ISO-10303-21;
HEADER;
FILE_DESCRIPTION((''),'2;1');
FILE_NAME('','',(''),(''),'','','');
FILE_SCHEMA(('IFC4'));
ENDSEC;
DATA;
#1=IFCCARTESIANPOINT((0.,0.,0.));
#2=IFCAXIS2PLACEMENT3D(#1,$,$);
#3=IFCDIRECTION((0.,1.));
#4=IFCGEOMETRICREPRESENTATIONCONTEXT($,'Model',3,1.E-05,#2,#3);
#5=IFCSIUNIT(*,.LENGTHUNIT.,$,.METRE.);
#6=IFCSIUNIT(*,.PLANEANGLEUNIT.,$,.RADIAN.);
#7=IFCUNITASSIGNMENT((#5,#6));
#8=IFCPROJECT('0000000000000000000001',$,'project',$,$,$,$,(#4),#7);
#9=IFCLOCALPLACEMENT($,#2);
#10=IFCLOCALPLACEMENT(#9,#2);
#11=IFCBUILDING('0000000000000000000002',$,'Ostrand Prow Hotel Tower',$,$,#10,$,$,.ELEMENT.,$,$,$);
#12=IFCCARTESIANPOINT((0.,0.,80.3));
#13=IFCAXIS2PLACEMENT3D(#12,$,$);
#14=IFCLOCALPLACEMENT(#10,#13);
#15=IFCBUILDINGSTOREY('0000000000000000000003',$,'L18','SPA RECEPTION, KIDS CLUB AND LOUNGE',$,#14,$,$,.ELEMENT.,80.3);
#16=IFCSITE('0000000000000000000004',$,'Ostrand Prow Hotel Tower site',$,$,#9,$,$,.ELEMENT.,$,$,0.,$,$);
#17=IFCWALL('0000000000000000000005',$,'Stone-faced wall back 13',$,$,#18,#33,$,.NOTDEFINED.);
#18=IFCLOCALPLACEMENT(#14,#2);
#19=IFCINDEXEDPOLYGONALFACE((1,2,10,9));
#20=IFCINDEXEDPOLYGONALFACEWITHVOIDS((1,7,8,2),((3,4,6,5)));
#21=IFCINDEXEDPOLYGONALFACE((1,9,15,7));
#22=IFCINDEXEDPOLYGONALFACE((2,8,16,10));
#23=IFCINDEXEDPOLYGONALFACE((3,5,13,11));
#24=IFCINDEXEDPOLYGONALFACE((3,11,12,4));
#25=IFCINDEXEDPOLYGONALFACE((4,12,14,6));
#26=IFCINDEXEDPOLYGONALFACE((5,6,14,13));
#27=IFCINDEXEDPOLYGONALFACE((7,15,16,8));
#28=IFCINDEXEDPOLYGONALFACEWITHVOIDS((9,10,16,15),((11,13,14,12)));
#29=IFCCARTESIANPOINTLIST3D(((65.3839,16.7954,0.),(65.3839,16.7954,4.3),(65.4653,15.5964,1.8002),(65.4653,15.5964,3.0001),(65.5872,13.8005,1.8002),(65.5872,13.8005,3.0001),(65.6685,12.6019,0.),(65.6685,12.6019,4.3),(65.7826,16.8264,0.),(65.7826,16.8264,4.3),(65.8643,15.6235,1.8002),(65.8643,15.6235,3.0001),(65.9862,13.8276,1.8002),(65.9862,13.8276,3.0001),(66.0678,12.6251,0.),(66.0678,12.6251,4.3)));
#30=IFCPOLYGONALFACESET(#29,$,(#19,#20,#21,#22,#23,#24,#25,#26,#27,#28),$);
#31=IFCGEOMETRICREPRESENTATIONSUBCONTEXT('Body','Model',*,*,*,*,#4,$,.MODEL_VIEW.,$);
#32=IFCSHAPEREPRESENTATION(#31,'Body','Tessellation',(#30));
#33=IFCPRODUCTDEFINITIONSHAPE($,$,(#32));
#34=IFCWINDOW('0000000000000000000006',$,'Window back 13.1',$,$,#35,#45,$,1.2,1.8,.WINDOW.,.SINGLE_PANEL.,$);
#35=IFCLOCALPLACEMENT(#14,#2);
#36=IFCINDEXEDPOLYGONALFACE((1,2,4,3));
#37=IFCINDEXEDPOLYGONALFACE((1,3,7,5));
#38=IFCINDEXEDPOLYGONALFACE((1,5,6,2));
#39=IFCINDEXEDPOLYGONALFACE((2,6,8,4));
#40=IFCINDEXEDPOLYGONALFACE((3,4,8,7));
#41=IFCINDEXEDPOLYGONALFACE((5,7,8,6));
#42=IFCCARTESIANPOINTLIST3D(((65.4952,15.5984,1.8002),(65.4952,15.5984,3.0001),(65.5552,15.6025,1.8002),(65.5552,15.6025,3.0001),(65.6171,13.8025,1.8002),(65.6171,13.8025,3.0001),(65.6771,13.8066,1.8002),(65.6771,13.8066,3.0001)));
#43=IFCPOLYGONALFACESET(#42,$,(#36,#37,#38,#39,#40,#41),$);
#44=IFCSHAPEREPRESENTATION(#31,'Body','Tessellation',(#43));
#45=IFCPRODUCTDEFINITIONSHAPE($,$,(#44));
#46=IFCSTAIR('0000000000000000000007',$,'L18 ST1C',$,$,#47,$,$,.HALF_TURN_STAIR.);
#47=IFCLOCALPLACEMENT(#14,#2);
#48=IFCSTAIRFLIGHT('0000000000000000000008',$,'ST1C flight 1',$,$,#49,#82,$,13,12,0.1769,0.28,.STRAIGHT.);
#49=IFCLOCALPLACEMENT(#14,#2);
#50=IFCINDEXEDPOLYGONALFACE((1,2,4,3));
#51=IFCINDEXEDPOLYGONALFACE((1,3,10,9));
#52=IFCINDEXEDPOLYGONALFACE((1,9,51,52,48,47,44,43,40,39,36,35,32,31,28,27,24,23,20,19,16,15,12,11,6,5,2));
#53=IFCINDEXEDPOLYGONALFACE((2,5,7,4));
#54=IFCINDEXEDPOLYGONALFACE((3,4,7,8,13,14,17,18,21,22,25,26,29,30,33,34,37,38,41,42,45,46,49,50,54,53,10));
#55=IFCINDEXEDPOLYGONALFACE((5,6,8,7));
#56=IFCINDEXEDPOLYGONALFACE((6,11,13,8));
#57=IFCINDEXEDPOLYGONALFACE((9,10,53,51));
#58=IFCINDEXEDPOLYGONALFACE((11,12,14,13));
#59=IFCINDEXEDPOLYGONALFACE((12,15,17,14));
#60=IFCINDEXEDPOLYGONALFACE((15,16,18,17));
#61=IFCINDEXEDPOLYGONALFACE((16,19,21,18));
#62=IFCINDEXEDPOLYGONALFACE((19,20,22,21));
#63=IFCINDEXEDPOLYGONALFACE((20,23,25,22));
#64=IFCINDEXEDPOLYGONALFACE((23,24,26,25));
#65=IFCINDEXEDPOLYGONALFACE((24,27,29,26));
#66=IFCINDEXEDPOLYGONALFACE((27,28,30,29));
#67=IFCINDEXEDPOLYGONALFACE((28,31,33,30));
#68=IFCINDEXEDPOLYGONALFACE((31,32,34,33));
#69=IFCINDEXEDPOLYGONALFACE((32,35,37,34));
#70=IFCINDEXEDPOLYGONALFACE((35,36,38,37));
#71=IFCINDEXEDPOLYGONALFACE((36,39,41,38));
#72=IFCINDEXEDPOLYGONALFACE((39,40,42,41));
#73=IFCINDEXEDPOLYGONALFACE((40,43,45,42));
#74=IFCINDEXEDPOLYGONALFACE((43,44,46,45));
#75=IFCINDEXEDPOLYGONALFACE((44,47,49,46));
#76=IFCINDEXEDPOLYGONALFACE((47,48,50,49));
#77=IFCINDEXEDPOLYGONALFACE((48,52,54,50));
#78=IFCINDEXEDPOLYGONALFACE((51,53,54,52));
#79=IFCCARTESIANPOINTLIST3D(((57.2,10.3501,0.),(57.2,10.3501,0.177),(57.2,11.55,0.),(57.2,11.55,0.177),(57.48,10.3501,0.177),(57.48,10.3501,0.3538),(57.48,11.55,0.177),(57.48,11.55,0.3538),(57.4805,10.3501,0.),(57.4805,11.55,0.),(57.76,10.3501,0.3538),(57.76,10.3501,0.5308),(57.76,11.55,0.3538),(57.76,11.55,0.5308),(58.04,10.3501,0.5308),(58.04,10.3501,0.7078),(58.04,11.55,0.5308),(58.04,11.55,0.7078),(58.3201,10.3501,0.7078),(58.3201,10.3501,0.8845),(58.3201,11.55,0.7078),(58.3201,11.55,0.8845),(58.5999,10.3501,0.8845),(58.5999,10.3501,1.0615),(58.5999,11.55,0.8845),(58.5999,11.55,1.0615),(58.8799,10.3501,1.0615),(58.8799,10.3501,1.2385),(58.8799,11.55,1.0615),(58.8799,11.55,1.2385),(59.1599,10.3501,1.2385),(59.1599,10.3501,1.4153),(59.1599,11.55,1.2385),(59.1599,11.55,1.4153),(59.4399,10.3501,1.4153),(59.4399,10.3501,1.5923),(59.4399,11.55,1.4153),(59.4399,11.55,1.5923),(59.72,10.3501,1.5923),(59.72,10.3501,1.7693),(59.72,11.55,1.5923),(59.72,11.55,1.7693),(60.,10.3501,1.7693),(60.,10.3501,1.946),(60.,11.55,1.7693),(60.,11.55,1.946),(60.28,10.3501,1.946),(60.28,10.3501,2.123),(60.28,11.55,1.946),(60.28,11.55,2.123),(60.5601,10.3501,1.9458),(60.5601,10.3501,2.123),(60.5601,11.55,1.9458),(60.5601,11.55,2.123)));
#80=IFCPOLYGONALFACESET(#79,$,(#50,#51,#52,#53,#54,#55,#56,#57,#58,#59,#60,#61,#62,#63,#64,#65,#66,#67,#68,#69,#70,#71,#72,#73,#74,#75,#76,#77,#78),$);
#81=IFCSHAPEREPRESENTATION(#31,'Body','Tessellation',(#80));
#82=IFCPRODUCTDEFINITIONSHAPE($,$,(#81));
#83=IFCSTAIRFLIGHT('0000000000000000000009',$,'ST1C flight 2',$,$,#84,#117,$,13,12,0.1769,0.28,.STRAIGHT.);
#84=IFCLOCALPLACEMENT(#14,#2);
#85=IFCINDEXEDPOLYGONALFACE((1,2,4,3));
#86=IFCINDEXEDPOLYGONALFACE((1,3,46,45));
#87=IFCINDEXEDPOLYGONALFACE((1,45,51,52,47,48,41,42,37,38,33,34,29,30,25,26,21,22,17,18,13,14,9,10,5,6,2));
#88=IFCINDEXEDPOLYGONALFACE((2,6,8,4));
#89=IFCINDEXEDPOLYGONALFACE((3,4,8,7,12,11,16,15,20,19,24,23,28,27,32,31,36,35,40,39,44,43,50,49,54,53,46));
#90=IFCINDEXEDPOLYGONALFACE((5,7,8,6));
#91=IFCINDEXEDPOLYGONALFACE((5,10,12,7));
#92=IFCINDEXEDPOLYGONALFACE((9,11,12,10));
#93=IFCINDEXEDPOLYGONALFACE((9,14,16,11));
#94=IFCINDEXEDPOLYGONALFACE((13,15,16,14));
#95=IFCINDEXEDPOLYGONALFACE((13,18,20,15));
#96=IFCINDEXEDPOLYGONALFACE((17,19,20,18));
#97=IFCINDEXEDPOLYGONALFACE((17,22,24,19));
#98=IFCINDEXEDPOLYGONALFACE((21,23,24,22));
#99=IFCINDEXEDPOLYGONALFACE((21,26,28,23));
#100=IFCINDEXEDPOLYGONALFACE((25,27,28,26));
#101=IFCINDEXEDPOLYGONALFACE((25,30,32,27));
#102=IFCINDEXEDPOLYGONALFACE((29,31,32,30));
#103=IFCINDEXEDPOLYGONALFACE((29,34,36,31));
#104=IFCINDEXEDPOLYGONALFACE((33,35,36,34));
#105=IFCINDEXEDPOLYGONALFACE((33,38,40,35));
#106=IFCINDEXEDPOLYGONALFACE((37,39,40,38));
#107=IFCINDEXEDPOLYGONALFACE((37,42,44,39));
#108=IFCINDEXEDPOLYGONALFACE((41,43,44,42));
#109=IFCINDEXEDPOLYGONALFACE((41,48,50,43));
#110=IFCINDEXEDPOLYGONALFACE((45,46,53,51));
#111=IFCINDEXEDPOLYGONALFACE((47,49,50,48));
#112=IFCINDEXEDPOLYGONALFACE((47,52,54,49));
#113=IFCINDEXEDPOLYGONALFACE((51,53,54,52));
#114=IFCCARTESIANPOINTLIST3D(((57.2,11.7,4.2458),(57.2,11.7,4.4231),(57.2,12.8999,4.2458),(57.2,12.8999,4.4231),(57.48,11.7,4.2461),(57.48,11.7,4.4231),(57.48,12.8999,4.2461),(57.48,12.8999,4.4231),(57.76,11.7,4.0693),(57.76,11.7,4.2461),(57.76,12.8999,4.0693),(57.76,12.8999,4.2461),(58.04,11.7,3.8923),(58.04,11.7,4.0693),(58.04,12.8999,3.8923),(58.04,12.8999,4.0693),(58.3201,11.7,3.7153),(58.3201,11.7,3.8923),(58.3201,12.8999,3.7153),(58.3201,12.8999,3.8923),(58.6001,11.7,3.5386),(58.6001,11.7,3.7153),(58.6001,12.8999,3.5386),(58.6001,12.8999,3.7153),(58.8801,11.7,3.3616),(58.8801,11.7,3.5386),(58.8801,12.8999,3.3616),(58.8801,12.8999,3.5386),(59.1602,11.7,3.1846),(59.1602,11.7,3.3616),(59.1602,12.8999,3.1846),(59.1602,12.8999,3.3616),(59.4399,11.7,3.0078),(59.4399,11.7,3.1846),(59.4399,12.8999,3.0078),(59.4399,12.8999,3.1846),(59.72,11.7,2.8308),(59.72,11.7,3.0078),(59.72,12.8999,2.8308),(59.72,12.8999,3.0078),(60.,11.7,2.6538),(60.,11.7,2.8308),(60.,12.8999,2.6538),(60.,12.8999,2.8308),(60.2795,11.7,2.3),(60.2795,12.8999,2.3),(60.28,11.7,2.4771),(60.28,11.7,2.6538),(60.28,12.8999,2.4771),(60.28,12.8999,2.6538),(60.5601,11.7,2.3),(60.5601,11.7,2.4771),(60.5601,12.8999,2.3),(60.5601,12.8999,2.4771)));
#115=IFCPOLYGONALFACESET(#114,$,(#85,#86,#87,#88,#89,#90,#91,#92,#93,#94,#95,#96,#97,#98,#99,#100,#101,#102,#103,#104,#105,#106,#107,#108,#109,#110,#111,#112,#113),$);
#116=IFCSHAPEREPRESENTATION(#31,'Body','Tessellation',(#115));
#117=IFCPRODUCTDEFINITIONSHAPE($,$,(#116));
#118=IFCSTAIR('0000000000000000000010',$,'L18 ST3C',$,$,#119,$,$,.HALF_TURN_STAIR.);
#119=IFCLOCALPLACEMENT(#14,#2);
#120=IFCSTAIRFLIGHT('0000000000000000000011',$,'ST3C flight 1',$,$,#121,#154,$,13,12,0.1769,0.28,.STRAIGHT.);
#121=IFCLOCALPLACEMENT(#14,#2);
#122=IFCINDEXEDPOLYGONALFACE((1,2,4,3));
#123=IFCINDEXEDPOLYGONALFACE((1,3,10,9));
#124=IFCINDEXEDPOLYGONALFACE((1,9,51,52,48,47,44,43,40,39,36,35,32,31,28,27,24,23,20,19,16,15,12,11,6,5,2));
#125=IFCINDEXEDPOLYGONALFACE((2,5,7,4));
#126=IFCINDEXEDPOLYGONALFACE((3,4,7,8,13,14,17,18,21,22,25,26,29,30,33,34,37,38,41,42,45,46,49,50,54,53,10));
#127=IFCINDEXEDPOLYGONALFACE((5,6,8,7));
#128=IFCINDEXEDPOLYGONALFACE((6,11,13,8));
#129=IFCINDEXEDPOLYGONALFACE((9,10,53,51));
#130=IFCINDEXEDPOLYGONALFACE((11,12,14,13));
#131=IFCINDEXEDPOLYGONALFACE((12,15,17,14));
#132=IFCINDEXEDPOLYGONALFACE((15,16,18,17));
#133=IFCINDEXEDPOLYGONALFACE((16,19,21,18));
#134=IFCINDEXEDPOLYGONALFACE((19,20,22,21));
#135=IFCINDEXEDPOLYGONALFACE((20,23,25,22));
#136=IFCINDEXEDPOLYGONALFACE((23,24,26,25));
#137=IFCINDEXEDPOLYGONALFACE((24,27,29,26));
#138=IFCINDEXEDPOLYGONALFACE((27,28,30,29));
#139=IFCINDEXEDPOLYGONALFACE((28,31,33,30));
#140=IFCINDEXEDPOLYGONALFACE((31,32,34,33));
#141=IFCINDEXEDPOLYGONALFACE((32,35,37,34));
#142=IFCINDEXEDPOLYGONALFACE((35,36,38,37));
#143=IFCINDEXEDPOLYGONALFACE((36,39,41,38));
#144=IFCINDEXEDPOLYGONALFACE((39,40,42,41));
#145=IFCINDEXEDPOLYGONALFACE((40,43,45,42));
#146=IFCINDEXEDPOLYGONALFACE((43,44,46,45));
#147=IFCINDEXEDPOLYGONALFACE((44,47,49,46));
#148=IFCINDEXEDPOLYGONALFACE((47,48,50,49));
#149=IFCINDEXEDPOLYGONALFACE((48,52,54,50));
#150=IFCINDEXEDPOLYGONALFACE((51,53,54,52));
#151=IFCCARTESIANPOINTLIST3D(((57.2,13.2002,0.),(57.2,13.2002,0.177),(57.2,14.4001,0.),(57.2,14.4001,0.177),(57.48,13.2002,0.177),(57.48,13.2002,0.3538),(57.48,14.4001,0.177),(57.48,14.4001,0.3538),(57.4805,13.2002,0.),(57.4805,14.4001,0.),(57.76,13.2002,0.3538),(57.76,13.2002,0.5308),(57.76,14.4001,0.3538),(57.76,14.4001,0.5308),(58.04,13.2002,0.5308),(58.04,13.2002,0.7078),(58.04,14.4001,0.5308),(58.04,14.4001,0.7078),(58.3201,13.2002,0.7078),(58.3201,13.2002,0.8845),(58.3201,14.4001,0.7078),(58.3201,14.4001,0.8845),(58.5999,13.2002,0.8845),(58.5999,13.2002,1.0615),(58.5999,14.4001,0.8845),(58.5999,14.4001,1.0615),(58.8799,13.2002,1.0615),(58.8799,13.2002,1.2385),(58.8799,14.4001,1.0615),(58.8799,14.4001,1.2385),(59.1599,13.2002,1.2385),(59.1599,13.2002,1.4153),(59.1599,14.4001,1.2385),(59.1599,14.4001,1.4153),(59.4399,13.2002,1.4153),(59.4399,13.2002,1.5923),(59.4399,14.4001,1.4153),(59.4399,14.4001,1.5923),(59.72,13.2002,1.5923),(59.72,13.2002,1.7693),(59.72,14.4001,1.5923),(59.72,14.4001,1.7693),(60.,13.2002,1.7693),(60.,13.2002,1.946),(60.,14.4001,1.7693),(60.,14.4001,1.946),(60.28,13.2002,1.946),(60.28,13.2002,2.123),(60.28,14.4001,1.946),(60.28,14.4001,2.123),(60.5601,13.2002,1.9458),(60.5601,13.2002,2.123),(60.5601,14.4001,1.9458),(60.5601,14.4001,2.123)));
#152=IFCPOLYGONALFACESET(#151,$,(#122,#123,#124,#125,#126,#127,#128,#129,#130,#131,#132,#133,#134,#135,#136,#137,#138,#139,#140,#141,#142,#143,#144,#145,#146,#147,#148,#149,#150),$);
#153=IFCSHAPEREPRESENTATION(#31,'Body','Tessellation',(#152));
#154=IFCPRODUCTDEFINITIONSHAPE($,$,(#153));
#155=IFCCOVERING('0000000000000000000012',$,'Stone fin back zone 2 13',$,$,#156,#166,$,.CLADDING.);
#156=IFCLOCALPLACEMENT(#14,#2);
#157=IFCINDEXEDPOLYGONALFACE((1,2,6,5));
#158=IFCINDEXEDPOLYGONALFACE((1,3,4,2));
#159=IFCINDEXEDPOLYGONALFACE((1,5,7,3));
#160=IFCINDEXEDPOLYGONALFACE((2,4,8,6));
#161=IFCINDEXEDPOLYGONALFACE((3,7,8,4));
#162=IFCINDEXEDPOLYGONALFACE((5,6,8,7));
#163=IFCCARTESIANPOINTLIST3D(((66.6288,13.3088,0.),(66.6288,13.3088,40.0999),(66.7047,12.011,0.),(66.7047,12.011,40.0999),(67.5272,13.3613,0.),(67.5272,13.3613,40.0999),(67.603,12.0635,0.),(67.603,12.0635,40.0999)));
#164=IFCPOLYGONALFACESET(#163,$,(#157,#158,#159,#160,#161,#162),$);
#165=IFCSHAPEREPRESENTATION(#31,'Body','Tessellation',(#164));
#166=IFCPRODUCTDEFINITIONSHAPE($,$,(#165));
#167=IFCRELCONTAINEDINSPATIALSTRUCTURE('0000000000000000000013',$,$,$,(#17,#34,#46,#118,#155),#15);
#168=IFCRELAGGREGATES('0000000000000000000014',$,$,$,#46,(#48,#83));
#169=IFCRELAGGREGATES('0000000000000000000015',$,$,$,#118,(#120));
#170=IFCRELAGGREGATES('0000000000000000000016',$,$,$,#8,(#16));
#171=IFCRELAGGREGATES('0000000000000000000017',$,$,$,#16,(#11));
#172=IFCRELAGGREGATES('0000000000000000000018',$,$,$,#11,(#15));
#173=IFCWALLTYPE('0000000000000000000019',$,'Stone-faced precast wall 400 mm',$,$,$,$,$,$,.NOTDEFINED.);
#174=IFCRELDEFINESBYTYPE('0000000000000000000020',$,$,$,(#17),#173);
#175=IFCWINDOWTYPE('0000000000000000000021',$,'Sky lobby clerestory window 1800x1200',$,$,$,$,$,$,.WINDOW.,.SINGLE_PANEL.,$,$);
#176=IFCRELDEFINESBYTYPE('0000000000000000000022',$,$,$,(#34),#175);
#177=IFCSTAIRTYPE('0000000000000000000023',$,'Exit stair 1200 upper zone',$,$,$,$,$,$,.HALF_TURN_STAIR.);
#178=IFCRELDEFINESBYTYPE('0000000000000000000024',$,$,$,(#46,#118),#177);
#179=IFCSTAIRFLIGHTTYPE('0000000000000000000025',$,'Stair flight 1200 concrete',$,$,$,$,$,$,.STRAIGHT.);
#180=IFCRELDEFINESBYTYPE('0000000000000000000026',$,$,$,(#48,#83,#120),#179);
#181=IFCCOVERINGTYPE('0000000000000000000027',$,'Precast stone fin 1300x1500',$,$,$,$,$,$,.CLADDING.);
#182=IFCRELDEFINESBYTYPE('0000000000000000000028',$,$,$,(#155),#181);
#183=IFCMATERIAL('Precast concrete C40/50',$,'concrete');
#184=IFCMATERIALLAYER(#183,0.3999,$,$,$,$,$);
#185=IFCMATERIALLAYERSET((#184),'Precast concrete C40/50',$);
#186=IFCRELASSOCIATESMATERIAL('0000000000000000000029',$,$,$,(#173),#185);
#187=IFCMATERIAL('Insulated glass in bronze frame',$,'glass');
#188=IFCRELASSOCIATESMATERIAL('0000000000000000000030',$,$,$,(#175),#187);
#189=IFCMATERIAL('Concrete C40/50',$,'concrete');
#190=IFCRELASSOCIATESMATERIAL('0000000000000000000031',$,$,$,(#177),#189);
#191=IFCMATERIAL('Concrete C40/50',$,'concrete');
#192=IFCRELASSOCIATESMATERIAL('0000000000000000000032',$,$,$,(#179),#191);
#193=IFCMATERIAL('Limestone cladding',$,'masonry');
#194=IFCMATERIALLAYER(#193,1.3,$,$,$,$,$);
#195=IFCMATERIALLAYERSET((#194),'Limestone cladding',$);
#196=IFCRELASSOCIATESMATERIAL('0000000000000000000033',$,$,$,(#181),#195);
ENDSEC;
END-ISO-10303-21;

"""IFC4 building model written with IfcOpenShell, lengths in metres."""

from ifc_helpers import new_model, si_unit, direction, frame, frame_2d, origin, place, context, subcontext, project, spatial, polyline, rectangle, outline, extrude, material, layer, layer_set, type_object, element, fill, aggregate, save


model = new_model("IFC4")

# Units and contexts
model_context = context("Model", 3, precision=1e-05, world=origin(), true_north=direction((0.0, 1.0)))
body_context = subcontext(model_context, "Body", "Model", "MODEL_VIEW")
ifc_project = project(units=[si_unit("LENGTHUNIT", "METRE"), si_unit("PLANEANGLEUNIT", "RADIAN")], contexts=[model_context])

# Site, building, storey
site_placement = place(None, origin())
site = spatial("IfcSite", under=ifc_project, at=site_placement, Name="Ostrand Prow Hotel Tower site", CompositionType="ELEMENT", RefElevation=0.0)
building_placement = place(site_placement, origin())
building = spatial("IfcBuilding", under=site, at=building_placement, Name="Ostrand Prow Hotel Tower", CompositionType="ELEMENT")
storey_placement = place(building_placement, frame((0.0, 0.0, 80.3)))
storey = spatial("IfcBuildingStorey", under=building, at=storey_placement, Name="L18", Description="SPA RECEPTION, KIDS CLUB AND LOUNGE", CompositionType="ELEMENT", Elevation=80.3)

# Shared definitions
ifc_material_1 = material(Name="Precast concrete C40/50", Category="concrete")
ifc_layer_1 = layer(ifc_material_1, 0.3999)
ifc_layer_set_1 = layer_set([ifc_layer_1], Name="Precast concrete C40/50")
wall_type_1 = type_object("IfcWallType", Name="Stone-faced precast wall 400 mm", PredefinedType="NOTDEFINED", material=ifc_layer_set_1)
ifc_material_2 = material(Name="Insulated glass in bronze frame", Category="glass")
window_type = type_object("IfcWindowType", Name="Sky lobby clerestory window 1800x1200", PartitioningType="SINGLE_PANEL", PredefinedType="WINDOW", material=ifc_material_2)

# Wall, opening, window
wall_1_placement = place(storey_placement, frame((65.8682, 12.6135, 0.0), z_axis=(0.0, 0.0, 1.0), x_axis=(-0.067725, 0.997704, 0.0)))
wall_1 = element("IfcWall", 1, at=wall_1_placement, inside=storey, type_object=wall_type_1, Name="Stone-faced wall back 13", PredefinedType="NOTDEFINED", context=body_context, shape_type="SweptSolid", body=[
    extrude(outline(polyline([(-0.002, -0.2), (4.209, -0.2), (4.2051, 0.2), (0.002, 0.2), (-0.002, -0.2)])), origin(), (0.0, 0.0, 1.0), 4.3),
])
opening_1_placement = place(wall_1_placement, frame((1.2034, 0.0, 1.8)))
opening_1 = element("IfcOpeningElement", 2, at=opening_1_placement, cuts=wall_1, PredefinedType="OPENING", context=body_context, shape_type="SweptSolid", body=[
    extrude(rectangle(XDim=1.8, YDim=1.2, at=frame_2d((0.8999, 0.6001))), frame((0.0, 0.21, 0.0), z_axis=(0.0, -1.0, 0.0), x_axis=(1.0, 0.0, 0.0)), (0.0, 0.0, 1.0), 0.4199),
])
window_1_placement = place(opening_1_placement, origin())
window_1 = element("IfcWindow", 3, at=window_1_placement, inside=storey, type_object=window_type, Name="Window back 13.1", OverallHeight=1.2, OverallWidth=1.8, PartitioningType="SINGLE_PANEL", PredefinedType="WINDOW", context=body_context, shape_type="SweptSolid", body=[
    extrude(rectangle(XDim=1.8, YDim=1.2, at=frame_2d((0.8999, 0.6001))), frame((0.0, 0.1699, 0.0), z_axis=(0.0, -1.0, 0.0), x_axis=(1.0, 0.0, 0.0)), (0.0, 0.0, 1.0), 0.0601),
])
fill(opening_1, window_1)

# Stair, stair flights
ifc_material_3 = material(Name="Concrete C40/50", Category="concrete")
stair_type = type_object("IfcStairType", Name="Exit stair 1200 upper zone", PredefinedType="HALF_TURN_STAIR", material=ifc_material_3)
stair_1_placement = place(storey_placement, origin())
stair_1 = element("IfcStair", 4, at=stair_1_placement, inside=storey, type_object=stair_type, Name="L18 ST1C", PredefinedType="HALF_TURN_STAIR")
ifc_material_4 = material(Name="Concrete C40/50", Category="concrete")
stair_flight_type = type_object("IfcStairFlightType", Name="Stair flight 1200 concrete", PredefinedType="STRAIGHT", material=ifc_material_4)
stair_flight_1_placement = place(storey_placement, frame((57.2, 10.95, 0.0), z_axis=(0.0, 0.0, 1.0), x_axis=(1.0, 0.0, 0.0)))
stair_flight_1 = element("IfcStairFlight", 5, at=stair_flight_1_placement, type_object=stair_flight_type, Name="ST1C flight 1", NumberOfRisers=13, NumberOfTreads=12, PredefinedType="STRAIGHT", RiserHeight=0.1769, TreadLength=0.28, context=body_context, shape_type="SweptSolid", body=[
    extrude(outline(polyline([(0.0, 0.0), (0.0, 0.177), (0.28, 0.177), (0.28, 0.3538), (0.5601, 0.3538), (0.5601, 0.5308), (0.8401, 0.5308), (0.8401, 0.7078), (1.1201, 0.7078), (1.1201, 0.8845), (1.3999, 0.8845), (1.3999, 1.0615), (1.6799, 1.0615), (1.6799, 1.2385), (1.96, 1.2385), (1.96, 1.4153), (2.24, 1.4153), (2.24, 1.5923), (2.52, 1.5923), (2.52, 1.7693), (2.8, 1.7693), (2.8, 1.946), (3.0801, 1.946), (3.0801, 2.123), (3.3601, 2.123), (3.3601, 2.3), (3.3601, 1.9458), (0.2805, 0.0), (0.0, 0.0)])), frame((0.0, 0.6001, 0.0), z_axis=(0.0, -1.0, 0.0), x_axis=(1.0, 0.0, 0.0)), (0.0, 0.0, 1.0), 1.2),
])
stair_flight_2_placement = place(storey_placement, frame((60.5601, 12.3, 2.3), z_axis=(0.0, 0.0, 1.0), x_axis=(-1.0, 0.0, 0.0)))
stair_flight_2 = element("IfcStairFlight", 6, at=stair_flight_2_placement, type_object=stair_flight_type, Name="ST1C flight 2", NumberOfRisers=13, NumberOfTreads=12, PredefinedType="STRAIGHT", RiserHeight=0.1769, TreadLength=0.28, context=body_context, shape_type="SweptSolid", body=[
    extrude(outline(polyline([(0.0, 0.0), (0.0, 0.177), (0.28, 0.177), (0.28, 0.3538), (0.5601, 0.3538), (0.5601, 0.5308), (0.8401, 0.5308), (0.8401, 0.7078), (1.1201, 0.7078), (1.1201, 0.8845), (1.3999, 0.8845), (1.3999, 1.0615), (1.6799, 1.0615), (1.6799, 1.2385), (1.96, 1.2385), (1.96, 1.4153), (2.24, 1.4153), (2.24, 1.5923), (2.52, 1.5923), (2.52, 1.7693), (2.8, 1.7693), (2.8, 1.946), (3.0801, 1.946), (3.0801, 2.123), (3.3601, 2.123), (3.3601, 2.3), (3.3601, 1.9458), (0.2805, 0.0), (0.0, 0.0)])), frame((0.0, 0.6001, 0.0), z_axis=(0.0, -1.0, 0.0), x_axis=(1.0, 0.0, 0.0)), (0.0, 0.0, 1.0), 1.2),
])
aggregate(stair_1, [stair_flight_1, stair_flight_2])

# Stair, stair flight
stair_2_placement = place(storey_placement, origin())
stair_2 = element("IfcStair", 7, at=stair_2_placement, inside=storey, type_object=stair_type, Name="L18 ST3C", PredefinedType="HALF_TURN_STAIR")
stair_flight_3_placement = place(storey_placement, frame((57.2, 13.8, 0.0), z_axis=(0.0, 0.0, 1.0), x_axis=(1.0, 0.0, 0.0)))
stair_flight_3 = element("IfcStairFlight", 8, at=stair_flight_3_placement, type_object=stair_flight_type, Name="ST3C flight 1", NumberOfRisers=13, NumberOfTreads=12, PredefinedType="STRAIGHT", RiserHeight=0.1769, TreadLength=0.28, context=body_context, shape_type="SweptSolid", body=[
    extrude(outline(polyline([(0.0, 0.0), (0.0, 0.177), (0.28, 0.177), (0.28, 0.3538), (0.5601, 0.3538), (0.5601, 0.5308), (0.8401, 0.5308), (0.8401, 0.7078), (1.1201, 0.7078), (1.1201, 0.8845), (1.3999, 0.8845), (1.3999, 1.0615), (1.6799, 1.0615), (1.6799, 1.2385), (1.96, 1.2385), (1.96, 1.4153), (2.24, 1.4153), (2.24, 1.5923), (2.52, 1.5923), (2.52, 1.7693), (2.8, 1.7693), (2.8, 1.946), (3.0801, 1.946), (3.0801, 2.123), (3.3601, 2.123), (3.3601, 2.3), (3.3601, 1.9458), (0.2805, 0.0), (0.0, 0.0)])), frame((0.0, 0.6001, 0.0), z_axis=(0.0, -1.0, 0.0), x_axis=(1.0, 0.0, 0.0)), (0.0, 0.0, 1.0), 1.2),
])
aggregate(stair_2, [stair_flight_3])

# Covering
ifc_material_5 = material(Name="Limestone cladding", Category="masonry")
ifc_layer_2 = layer(ifc_material_5, 1.3)
ifc_layer_set_2 = layer_set([ifc_layer_2], Name="Limestone cladding")
covering_type = type_object("IfcCoveringType", Name="Precast stone fin 1300x1500", PredefinedType="CLADDING", material=ifc_layer_set_2)
covering_placement = place(storey_placement, frame((66.6667, 12.6599, 0.0), z_axis=(0.0, 0.0, 1.0), x_axis=(0.998298, 0.058324, 0.0)))
element("IfcCovering", 9, at=covering_placement, inside=storey, type_object=covering_type, Name="Stone fin back zone 2 13", PredefinedType="CLADDING", context=body_context, shape_type="SweptSolid", body=[
    extrude(rectangle(XDim=0.8999, YDim=1.3, at=frame_2d((0.45, 0.0))), origin(), (0.0, 0.0, 1.0), 40.0999),
])

save(model, "model.ifc")
